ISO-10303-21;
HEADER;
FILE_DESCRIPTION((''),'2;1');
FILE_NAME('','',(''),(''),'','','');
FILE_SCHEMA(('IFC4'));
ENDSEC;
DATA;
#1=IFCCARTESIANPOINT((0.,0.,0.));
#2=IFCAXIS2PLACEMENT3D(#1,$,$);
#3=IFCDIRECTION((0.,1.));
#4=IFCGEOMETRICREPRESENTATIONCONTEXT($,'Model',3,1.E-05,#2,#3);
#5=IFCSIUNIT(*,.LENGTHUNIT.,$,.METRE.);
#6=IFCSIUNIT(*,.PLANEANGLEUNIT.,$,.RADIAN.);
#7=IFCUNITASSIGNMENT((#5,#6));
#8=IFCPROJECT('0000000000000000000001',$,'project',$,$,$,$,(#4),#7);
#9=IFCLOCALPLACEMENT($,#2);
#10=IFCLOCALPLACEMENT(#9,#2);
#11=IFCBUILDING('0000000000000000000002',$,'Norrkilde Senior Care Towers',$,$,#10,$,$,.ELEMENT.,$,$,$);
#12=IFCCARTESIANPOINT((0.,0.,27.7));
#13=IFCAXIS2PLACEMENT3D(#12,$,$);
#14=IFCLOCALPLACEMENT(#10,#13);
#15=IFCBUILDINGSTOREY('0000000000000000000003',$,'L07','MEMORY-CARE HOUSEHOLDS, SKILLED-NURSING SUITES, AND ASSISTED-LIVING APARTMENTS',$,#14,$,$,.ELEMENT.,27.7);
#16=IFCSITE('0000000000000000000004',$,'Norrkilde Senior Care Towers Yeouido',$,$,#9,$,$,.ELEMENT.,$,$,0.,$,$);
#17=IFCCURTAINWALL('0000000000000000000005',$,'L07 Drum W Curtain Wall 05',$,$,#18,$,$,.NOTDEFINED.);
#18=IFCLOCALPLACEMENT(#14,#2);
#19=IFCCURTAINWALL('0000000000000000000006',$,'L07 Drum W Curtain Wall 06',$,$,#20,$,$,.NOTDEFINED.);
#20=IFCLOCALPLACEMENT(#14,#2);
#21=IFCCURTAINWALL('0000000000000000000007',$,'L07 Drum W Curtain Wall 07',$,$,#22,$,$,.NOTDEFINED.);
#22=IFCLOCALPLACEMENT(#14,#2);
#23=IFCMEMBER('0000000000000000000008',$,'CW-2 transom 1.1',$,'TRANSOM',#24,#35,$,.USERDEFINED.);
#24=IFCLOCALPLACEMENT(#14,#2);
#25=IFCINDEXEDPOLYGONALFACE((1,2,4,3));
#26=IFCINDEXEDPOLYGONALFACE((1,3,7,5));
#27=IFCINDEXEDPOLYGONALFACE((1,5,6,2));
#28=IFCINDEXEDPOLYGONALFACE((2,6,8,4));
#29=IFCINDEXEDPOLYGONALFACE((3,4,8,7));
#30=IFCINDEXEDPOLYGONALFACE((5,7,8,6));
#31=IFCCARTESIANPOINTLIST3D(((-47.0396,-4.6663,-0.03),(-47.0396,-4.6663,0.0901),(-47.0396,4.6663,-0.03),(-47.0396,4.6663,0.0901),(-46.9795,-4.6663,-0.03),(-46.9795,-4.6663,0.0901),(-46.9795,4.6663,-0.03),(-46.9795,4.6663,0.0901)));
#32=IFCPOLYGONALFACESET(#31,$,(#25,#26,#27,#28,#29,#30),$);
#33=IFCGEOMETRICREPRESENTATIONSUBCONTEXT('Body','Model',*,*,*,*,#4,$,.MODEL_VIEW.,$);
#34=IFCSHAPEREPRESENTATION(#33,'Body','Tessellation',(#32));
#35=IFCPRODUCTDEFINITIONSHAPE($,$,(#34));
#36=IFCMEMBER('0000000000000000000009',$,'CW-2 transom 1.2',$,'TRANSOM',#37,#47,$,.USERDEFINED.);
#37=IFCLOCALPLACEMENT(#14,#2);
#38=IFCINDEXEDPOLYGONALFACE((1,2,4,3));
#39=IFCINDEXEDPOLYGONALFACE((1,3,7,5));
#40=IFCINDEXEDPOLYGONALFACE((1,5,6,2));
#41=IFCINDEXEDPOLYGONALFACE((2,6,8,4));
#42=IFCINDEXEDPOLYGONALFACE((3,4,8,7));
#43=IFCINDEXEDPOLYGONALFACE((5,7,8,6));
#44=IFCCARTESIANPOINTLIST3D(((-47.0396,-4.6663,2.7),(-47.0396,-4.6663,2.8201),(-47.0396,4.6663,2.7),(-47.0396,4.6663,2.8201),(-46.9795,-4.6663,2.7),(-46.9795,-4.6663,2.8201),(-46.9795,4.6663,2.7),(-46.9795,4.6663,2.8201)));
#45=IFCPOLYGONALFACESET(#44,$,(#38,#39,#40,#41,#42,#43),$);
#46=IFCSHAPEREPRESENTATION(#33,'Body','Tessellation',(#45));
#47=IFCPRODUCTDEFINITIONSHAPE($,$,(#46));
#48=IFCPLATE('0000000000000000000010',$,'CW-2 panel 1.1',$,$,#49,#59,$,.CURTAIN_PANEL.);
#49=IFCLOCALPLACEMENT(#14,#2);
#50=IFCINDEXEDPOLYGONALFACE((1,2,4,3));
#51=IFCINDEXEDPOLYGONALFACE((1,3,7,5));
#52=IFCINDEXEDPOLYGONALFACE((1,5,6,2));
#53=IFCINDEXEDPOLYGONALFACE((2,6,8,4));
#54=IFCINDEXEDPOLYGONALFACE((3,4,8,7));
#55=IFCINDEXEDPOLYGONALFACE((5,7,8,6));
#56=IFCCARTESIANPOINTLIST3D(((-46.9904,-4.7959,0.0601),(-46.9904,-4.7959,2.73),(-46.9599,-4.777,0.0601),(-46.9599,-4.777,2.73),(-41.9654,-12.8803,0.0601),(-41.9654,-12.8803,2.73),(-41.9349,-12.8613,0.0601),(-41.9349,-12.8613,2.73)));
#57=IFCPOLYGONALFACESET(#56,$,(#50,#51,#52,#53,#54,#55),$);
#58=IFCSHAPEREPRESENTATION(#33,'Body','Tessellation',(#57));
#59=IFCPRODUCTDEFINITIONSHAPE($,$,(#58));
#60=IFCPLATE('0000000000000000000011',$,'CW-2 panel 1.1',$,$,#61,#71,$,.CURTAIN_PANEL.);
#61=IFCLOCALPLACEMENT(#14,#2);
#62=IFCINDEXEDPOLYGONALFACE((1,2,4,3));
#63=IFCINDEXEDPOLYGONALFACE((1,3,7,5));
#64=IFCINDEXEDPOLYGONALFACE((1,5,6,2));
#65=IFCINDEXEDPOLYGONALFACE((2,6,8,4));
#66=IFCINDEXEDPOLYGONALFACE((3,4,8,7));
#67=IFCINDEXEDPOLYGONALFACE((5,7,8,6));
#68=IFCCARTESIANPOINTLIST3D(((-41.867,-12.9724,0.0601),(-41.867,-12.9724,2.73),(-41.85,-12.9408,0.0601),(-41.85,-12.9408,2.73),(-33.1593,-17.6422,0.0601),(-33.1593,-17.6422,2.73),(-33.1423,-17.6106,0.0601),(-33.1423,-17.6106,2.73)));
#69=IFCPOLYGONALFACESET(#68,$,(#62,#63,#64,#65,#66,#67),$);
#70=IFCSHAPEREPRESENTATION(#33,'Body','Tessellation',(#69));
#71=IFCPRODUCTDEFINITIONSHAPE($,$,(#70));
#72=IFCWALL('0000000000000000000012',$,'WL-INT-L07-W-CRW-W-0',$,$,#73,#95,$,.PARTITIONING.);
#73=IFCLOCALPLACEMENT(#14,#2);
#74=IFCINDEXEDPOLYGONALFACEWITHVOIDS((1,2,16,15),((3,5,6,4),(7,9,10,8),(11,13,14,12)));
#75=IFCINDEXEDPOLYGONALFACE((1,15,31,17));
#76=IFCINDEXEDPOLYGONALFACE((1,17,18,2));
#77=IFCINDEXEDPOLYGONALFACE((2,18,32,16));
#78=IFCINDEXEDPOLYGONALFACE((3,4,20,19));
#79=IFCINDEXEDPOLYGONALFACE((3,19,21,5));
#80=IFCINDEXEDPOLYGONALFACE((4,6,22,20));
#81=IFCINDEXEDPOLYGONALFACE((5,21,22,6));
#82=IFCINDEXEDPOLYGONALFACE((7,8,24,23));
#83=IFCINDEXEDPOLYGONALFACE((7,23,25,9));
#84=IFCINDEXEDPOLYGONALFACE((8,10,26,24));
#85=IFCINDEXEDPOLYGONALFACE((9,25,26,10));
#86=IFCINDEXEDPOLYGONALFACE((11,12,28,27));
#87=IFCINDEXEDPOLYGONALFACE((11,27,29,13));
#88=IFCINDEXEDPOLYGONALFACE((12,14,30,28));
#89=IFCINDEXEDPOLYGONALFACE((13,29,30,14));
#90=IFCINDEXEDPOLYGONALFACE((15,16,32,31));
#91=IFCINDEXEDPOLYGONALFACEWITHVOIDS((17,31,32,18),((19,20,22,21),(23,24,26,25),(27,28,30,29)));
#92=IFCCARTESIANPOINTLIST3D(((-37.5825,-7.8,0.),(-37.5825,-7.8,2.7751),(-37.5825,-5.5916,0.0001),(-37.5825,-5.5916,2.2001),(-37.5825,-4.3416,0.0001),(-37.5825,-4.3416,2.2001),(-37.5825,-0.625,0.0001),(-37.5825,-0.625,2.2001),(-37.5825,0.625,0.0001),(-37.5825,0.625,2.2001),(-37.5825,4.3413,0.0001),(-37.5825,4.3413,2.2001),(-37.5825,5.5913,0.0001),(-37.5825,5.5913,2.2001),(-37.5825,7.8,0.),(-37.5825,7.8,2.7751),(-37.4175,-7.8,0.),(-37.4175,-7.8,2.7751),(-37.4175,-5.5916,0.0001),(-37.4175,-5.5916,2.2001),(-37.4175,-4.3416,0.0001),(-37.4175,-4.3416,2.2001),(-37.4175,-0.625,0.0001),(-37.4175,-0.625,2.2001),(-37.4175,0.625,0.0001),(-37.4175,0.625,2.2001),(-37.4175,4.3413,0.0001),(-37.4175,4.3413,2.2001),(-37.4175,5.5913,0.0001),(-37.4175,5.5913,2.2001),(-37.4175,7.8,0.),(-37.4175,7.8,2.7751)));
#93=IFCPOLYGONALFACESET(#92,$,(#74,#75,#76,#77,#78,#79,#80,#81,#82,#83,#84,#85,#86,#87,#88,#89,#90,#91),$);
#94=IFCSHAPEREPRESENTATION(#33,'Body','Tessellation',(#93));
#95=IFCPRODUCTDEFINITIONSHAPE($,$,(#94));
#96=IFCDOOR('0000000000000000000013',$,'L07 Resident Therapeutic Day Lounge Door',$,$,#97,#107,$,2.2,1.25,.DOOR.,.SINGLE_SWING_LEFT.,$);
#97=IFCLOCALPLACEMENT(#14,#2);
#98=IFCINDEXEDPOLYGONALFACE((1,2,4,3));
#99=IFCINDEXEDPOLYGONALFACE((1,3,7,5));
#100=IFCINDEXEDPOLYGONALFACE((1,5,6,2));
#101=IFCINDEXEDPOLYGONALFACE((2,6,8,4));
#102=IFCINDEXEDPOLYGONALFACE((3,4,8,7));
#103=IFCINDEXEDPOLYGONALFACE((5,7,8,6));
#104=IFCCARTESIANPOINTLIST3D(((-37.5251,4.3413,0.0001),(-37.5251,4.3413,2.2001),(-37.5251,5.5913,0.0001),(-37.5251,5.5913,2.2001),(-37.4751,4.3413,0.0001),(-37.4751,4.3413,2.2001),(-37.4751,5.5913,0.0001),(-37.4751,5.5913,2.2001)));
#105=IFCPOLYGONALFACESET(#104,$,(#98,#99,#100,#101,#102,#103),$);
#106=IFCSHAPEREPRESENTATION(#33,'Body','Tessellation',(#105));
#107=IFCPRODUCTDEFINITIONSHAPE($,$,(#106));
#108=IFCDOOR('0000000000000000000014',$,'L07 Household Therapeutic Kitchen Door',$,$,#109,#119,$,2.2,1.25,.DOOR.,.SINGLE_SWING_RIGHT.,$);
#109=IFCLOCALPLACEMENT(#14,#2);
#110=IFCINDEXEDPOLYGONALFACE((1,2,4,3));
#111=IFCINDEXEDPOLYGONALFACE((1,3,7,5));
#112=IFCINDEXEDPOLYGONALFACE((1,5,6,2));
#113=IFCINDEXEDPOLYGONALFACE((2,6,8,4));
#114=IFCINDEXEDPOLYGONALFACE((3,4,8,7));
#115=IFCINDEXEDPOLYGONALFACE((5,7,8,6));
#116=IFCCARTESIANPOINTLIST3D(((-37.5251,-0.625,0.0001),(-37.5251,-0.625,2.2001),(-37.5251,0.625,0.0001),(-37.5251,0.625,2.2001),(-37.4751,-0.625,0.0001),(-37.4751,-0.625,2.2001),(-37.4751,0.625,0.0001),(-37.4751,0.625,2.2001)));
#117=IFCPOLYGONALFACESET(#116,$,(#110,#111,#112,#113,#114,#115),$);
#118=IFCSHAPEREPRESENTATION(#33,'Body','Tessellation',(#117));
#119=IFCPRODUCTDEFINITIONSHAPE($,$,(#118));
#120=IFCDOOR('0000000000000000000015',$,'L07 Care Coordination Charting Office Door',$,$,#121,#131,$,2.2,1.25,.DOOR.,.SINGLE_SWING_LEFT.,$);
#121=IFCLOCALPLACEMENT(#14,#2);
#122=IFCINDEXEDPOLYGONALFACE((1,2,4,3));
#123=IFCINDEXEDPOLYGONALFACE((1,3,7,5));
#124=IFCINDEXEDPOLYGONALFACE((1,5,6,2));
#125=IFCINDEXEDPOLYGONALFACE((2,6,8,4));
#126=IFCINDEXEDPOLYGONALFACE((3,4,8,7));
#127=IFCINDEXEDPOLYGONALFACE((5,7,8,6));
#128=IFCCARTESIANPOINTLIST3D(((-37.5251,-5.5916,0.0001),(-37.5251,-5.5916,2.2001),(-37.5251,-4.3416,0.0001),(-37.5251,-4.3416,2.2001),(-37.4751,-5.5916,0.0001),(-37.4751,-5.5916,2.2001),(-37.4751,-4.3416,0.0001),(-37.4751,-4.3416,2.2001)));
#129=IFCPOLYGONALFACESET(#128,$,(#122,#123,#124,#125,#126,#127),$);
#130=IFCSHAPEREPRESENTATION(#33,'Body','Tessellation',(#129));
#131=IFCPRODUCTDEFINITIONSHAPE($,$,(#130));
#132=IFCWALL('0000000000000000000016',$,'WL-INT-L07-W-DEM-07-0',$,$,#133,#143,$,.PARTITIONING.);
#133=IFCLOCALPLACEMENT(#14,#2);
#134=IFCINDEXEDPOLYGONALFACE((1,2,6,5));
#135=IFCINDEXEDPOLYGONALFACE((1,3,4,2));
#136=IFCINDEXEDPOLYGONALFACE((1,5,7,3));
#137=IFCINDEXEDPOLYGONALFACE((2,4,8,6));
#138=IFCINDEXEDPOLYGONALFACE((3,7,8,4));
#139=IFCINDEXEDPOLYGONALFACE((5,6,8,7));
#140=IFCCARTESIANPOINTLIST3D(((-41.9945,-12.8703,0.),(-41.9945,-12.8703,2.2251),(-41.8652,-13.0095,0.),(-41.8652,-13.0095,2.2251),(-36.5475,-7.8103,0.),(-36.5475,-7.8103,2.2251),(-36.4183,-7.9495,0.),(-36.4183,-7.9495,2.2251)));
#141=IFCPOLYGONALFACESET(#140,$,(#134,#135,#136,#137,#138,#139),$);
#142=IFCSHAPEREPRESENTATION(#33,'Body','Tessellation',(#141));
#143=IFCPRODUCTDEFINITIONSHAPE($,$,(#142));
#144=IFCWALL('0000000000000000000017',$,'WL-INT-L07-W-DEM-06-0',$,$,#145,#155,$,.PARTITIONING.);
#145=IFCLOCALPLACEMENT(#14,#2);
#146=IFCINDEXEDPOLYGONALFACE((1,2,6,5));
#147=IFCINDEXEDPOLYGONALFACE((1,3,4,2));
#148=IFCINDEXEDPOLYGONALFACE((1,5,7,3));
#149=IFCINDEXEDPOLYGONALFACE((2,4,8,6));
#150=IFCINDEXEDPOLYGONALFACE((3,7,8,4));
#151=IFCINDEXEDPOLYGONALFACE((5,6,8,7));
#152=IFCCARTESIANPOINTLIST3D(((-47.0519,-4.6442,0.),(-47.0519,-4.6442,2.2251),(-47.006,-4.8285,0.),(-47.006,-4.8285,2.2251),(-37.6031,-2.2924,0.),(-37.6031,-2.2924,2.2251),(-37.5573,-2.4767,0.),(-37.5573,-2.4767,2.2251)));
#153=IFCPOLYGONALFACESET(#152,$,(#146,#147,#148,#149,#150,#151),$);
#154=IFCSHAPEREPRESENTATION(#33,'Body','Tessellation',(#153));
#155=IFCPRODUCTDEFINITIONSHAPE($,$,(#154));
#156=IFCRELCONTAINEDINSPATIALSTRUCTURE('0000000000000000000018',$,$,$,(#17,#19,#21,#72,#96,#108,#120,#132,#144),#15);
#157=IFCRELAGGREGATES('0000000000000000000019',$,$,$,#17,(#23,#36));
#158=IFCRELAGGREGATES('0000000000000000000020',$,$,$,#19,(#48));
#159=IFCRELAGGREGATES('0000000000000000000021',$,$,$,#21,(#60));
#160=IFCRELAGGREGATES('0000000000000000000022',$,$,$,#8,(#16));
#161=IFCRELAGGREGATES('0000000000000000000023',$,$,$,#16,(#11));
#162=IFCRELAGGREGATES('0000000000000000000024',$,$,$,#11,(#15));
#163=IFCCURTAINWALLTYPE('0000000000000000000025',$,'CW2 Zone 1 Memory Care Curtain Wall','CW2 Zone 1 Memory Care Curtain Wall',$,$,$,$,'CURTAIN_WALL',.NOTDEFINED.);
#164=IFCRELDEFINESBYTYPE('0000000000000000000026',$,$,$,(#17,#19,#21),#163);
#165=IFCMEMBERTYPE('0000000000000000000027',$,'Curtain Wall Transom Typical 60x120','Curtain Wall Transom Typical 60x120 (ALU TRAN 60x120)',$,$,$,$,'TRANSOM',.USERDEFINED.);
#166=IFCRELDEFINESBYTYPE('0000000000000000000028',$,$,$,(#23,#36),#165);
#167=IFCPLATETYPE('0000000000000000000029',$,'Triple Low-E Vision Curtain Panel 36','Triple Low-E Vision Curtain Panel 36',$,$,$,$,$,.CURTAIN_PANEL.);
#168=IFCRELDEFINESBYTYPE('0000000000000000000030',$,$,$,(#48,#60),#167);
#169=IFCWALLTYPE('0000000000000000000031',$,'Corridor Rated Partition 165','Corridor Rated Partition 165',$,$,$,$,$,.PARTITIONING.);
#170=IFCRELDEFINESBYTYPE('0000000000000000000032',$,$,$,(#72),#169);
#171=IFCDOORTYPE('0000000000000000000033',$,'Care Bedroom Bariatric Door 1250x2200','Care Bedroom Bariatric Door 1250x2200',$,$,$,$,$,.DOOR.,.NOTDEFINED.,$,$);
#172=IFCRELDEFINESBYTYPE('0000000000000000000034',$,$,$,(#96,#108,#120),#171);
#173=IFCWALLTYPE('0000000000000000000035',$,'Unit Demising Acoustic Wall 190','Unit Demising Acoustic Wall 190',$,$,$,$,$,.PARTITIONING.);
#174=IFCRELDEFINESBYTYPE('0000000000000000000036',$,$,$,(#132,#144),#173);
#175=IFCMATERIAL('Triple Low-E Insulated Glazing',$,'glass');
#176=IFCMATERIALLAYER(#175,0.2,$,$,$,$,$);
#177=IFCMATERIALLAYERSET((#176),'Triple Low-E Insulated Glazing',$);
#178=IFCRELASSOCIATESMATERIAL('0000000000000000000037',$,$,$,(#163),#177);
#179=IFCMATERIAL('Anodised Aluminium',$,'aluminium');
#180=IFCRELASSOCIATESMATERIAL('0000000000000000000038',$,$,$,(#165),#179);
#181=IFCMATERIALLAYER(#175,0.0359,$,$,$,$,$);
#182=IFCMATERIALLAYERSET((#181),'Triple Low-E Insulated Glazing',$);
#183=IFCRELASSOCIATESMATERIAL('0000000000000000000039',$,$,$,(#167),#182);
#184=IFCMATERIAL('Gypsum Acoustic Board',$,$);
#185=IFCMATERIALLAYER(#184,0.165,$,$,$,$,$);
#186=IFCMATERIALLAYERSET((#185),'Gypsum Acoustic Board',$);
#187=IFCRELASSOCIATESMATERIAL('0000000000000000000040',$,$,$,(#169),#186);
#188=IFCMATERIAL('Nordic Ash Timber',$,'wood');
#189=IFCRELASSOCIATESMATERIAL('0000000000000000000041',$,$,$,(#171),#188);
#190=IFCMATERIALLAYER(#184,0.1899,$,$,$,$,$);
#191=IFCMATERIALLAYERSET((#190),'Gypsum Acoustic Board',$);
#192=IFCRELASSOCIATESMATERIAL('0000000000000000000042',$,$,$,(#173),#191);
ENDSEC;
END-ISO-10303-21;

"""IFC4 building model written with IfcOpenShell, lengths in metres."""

from ifc_helpers import new_model, si_unit, direction, frame, frame_2d, origin, origin_2d, place, context, subcontext, project, spatial, rectangle, extrude, source, transform, mapped, material, layer, layer_set, material_profile, profile_set, type_object, type_shapes, element, fill, aggregate, save


model = new_model("IFC4")

# Units and contexts
model_context = context("Model", 3, precision=1e-05, world=origin(), true_north=direction((0.0, 1.0)))
body_context = subcontext(model_context, "Body", "Model", "MODEL_VIEW")
ifc_project = project(units=[si_unit("LENGTHUNIT", "METRE"), si_unit("PLANEANGLEUNIT", "RADIAN")], contexts=[model_context])

# Site, building, storey
site_placement = place(None, origin())
site = spatial("IfcSite", under=ifc_project, at=site_placement, Name="Norrkilde Senior Care Towers Yeouido", CompositionType="ELEMENT", RefElevation=0.0)
building_placement = place(site_placement, origin())
building = spatial("IfcBuilding", under=site, at=building_placement, Name="Norrkilde Senior Care Towers", CompositionType="ELEMENT")
storey_placement = place(building_placement, frame((0.0, 0.0, 27.7)))
storey = spatial("IfcBuildingStorey", under=building, at=storey_placement, Name="L07", Description="MEMORY-CARE HOUSEHOLDS, SKILLED-NURSING SUITES, AND ASSISTED-LIVING APARTMENTS", CompositionType="ELEMENT", Elevation=27.7)

# Curtain wall
ifc_material_1 = material(Name="Triple Low-E Insulated Glazing", Category="glass")
ifc_layer_1 = layer(ifc_material_1, 0.2)
ifc_layer_set_1 = layer_set([ifc_layer_1], Name="Triple Low-E Insulated Glazing")
curtain_wall_type = type_object("IfcCurtainWallType", Name="CW2 Zone 1 Memory Care Curtain Wall", Description="CW2 Zone 1 Memory Care Curtain Wall", ElementType="CURTAIN_WALL", PredefinedType="NOTDEFINED", material=ifc_layer_set_1)
curtain_wall_1_placement = place(storey_placement, origin())
curtain_wall_1 = element("IfcCurtainWall", 1, at=curtain_wall_1_placement, inside=storey, type_object=curtain_wall_type, Name="L07 Drum W Curtain Wall 05", PredefinedType="NOTDEFINED")
ifc_material_2 = material(Name="Anodised Aluminium", Category="aluminium")

# Curtain wall
curtain_wall_2_placement = place(storey_placement, origin())
curtain_wall_2 = element("IfcCurtainWall", 2, at=curtain_wall_2_placement, inside=storey, type_object=curtain_wall_type, Name="L07 Drum W Curtain Wall 06", PredefinedType="NOTDEFINED")

# Curtain wall
curtain_wall_3_placement = place(storey_placement, origin())
curtain_wall_3 = element("IfcCurtainWall", 3, at=curtain_wall_3_placement, inside=storey, type_object=curtain_wall_type, Name="L07 Drum W Curtain Wall 07", PredefinedType="NOTDEFINED")

# Members
ifc_material_profile_1 = material_profile(ifc_material_2, rectangle(XDim=0.0601, YDim=0.1201, at=origin_2d()), Name="ALU TRAN 60x120")
ifc_profile_set_1 = profile_set([ifc_material_profile_1], Name="Anodised Aluminium")
member_type_1 = type_object("IfcMemberType", Name="Curtain Wall Transom Typical 60x120", Description="Curtain Wall Transom Typical 60x120 (ALU TRAN 60x120)", ElementType="TRANSOM", PredefinedType="USERDEFINED", material=ifc_profile_set_1)
shared_shape_1 = source(origin(), body_context, "Body", "SweptSolid", [
    extrude(rectangle(XDim=0.0601, YDim=0.1201, at=origin_2d()), origin(), (0.0, 0.0, 1.0), 9.3325),
])
member_1_placement = place(storey_placement, frame((-47.0095, -4.6663, 0.03), z_axis=(0.0, 1.0, 0.0), x_axis=(-1.0, 0.0, 0.0)))
member_1 = element("IfcMember", 4, at=member_1_placement, type_object=member_type_1, Name="CW-2 transom 1.1", ObjectType="TRANSOM", PredefinedType="USERDEFINED", context=body_context, shape_type="MappedRepresentation", body=[
    mapped(shared_shape_1, transform((0.0, 0.0, 0.0), x_axis=(1.0, 0.0, 0.0), y_axis=(0.0, 1.0, 0.0), z_axis=(0.0, 0.0, 1.0), scale=1.0)),
])
member_2_placement = place(storey_placement, frame((-47.0095, -4.6663, 2.76), z_axis=(0.0, 1.0, 0.0), x_axis=(-1.0, 0.0, 0.0)))
member_2 = element("IfcMember", 5, at=member_2_placement, type_object=member_type_1, Name="CW-2 transom 1.2", ObjectType="TRANSOM", PredefinedType="USERDEFINED", context=body_context, shape_type="MappedRepresentation", body=[
    mapped(shared_shape_1, transform((0.0, 0.0, 0.0), x_axis=(1.0, 0.0, 0.0), y_axis=(0.0, 1.0, 0.0), z_axis=(0.0, 0.0, 1.0), scale=1.0)),
])
aggregate(curtain_wall_1, [member_1, member_2])

# Plates
ifc_layer_2 = layer(ifc_material_1, 0.0359)
ifc_layer_set_2 = layer_set([ifc_layer_2], Name="Triple Low-E Insulated Glazing")
plate_type = type_object("IfcPlateType", Name="Triple Low-E Vision Curtain Panel 36", Description="Triple Low-E Vision Curtain Panel 36", PredefinedType="CURTAIN_PANEL", material=ifc_layer_set_2)
shared_shape_2 = source(origin(), body_context, "Body", "SweptSolid", [
    extrude(rectangle(XDim=9.5188, YDim=0.0359, at=origin_2d()), origin(), (0.0, 0.0, 1.0), 2.6699),
])
plate_1_placement = place(storey_placement, frame((-44.4626, -8.8286, 0.0601), z_axis=(0.0, 0.0, 1.0), x_axis=(-0.527901, 0.849306, 0.0)))
plate_1 = element("IfcPlate", 6, at=plate_1_placement, type_object=plate_type, Name="CW-2 panel 1.1", PredefinedType="CURTAIN_PANEL", context=body_context, shape_type="MappedRepresentation", body=[
    mapped(shared_shape_2, transform((0.0, 0.0, 0.0), x_axis=(1.0, 0.0, 0.0), y_axis=(0.0, 1.0, 0.0), z_axis=(0.0, 0.0, 1.0), scale=1.0)),
])
aggregate(curtain_wall_2, [plate_1])
shared_shape_3 = source(origin(), body_context, "Body", "SweptSolid", [
    extrude(rectangle(XDim=9.8809, YDim=0.0359, at=origin_2d()), origin(), (0.0, 0.0, 1.0), 2.6699),
])
type_shapes(plate_type, [shared_shape_2, shared_shape_3])
plate_2_placement = place(storey_placement, frame((-37.5046, -15.2915, 0.0601), z_axis=(0.0, 0.0, 1.0), x_axis=(-0.881273, 0.472608, 0.0)))
plate_2 = element("IfcPlate", 7, at=plate_2_placement, type_object=plate_type, Name="CW-2 panel 1.1", PredefinedType="CURTAIN_PANEL", context=body_context, shape_type="MappedRepresentation", body=[
    mapped(shared_shape_3, transform((0.0, 0.0, 0.0), x_axis=(1.0, 0.0, 0.0), y_axis=(0.0, 1.0, 0.0), z_axis=(0.0, 0.0, 1.0), scale=1.0)),
])
aggregate(curtain_wall_3, [plate_2])

# Wall, openings, doors
ifc_material_3 = material(Name="Gypsum Acoustic Board")
ifc_layer_3 = layer(ifc_material_3, 0.165)
ifc_layer_set_3 = layer_set([ifc_layer_3], Name="Gypsum Acoustic Board")
wall_type_1 = type_object("IfcWallType", Name="Corridor Rated Partition 165", Description="Corridor Rated Partition 165", PredefinedType="PARTITIONING", material=ifc_layer_set_3)
shared_shape_4 = source(origin(), body_context, "Body", "SweptSolid", [
    extrude(rectangle(XDim=15.6001, YDim=0.165, at=frame_2d((7.8, 0.0))), origin(), (0.0, 0.0, 1.0), 2.7751),
])
type_shapes(wall_type_1, [shared_shape_4])
wall_1_placement = place(storey_placement, frame((-37.5, -7.8, 0.0), z_axis=(0.0, 0.0, 1.0), x_axis=(0.0, 1.0, 0.0)))
wall_1 = element("IfcWall", 8, at=wall_1_placement, inside=storey, type_object=wall_type_1, Name="WL-INT-L07-W-CRW-W-0", PredefinedType="PARTITIONING", context=body_context, shape_type="MappedRepresentation", body=[
    mapped(shared_shape_4, transform((0.0, 0.0, 0.0), x_axis=(1.0, 0.0, 0.0), y_axis=(0.0, 1.0, 0.0), z_axis=(0.0, 0.0, 1.0), scale=1.0)),
])
opening_1_placement = place(wall_1_placement, frame((12.1414, 0.0, 0.0)))
opening_1 = element("IfcOpeningElement", 9, at=opening_1_placement, cuts=wall_1, PredefinedType="OPENING", context=body_context, shape_type="SweptSolid", body=[
    extrude(rectangle(XDim=1.25, YDim=2.2, at=frame_2d((0.625, 1.1001))), frame((0.0, 0.0925, 0.0), z_axis=(0.0, -1.0, 0.0), x_axis=(1.0, 0.0, 0.0)), (0.0, 0.0, 1.0), 0.1851),
])
opening_2_placement = place(wall_1_placement, frame((7.175, 0.0, 0.0)))
opening_2 = element("IfcOpeningElement", 10, at=opening_2_placement, cuts=wall_1, PredefinedType="OPENING", context=body_context, shape_type="SweptSolid", body=[
    extrude(rectangle(XDim=1.25, YDim=2.2, at=frame_2d((0.625, 1.1001))), frame((0.0, 0.0925, 0.0), z_axis=(0.0, -1.0, 0.0), x_axis=(1.0, 0.0, 0.0)), (0.0, 0.0, 1.0), 0.1851),
])
opening_3_placement = place(wall_1_placement, frame((2.2085, 0.0, 0.0)))
opening_3 = element("IfcOpeningElement", 11, at=opening_3_placement, cuts=wall_1, PredefinedType="OPENING", context=body_context, shape_type="SweptSolid", body=[
    extrude(rectangle(XDim=1.25, YDim=2.2, at=frame_2d((0.625, 1.1001))), frame((0.0, 0.0925, 0.0), z_axis=(0.0, -1.0, 0.0), x_axis=(1.0, 0.0, 0.0)), (0.0, 0.0, 1.0), 0.1851),
])
ifc_material_4 = material(Name="Nordic Ash Timber", Category="wood")
door_type = type_object("IfcDoorType", Name="Care Bedroom Bariatric Door 1250x2200", Description="Care Bedroom Bariatric Door 1250x2200", OperationType="NOTDEFINED", PredefinedType="DOOR", material=ifc_material_4)
shared_shape_5 = source(origin(), body_context, "Body", "SweptSolid", [
    extrude(rectangle(XDim=1.25, YDim=2.2, at=frame_2d((0.625, 1.1001))), frame((0.0, 0.0249, 0.0), z_axis=(0.0, -1.0, 0.0), x_axis=(1.0, 0.0, 0.0)), (0.0, 0.0, 1.0), 0.05),
])
type_shapes(door_type, [shared_shape_5])
door_1_placement = place(opening_1_placement, frame((1.25, 0.0, 0.0), z_axis=(0.0, 0.0, 1.0), x_axis=(-1.0, 0.0, 0.0)))
door_1 = element("IfcDoor", 12, at=door_1_placement, inside=storey, type_object=door_type, Name="L07 Resident Therapeutic Day Lounge Door", OperationType="SINGLE_SWING_LEFT", OverallHeight=2.2, OverallWidth=1.25, PredefinedType="DOOR", context=body_context, shape_type="MappedRepresentation", body=[
    mapped(shared_shape_5, transform((0.0, 0.0, 0.0), x_axis=(1.0, 0.0, 0.0), y_axis=(0.0, 1.0, 0.0), z_axis=(0.0, 0.0, 1.0), scale=1.0)),
])
fill(opening_1, door_1)
door_2_placement = place(opening_2_placement, frame((1.25, 0.0, 0.0), z_axis=(0.0, 0.0, 1.0), x_axis=(-1.0, 0.0, 0.0)))
door_2 = element("IfcDoor", 13, at=door_2_placement, inside=storey, type_object=door_type, Name="L07 Household Therapeutic Kitchen Door", OperationType="SINGLE_SWING_RIGHT", OverallHeight=2.2, OverallWidth=1.25, PredefinedType="DOOR", context=body_context, shape_type="MappedRepresentation", body=[
    mapped(shared_shape_5, transform((0.0, 0.0, 0.0), x_axis=(1.0, 0.0, 0.0), y_axis=(0.0, 1.0, 0.0), z_axis=(0.0, 0.0, 1.0), scale=1.0)),
])
fill(opening_2, door_2)
door_3_placement = place(opening_3_placement, frame((1.25, 0.0, 0.0), z_axis=(0.0, 0.0, 1.0), x_axis=(-1.0, 0.0, 0.0)))
door_3 = element("IfcDoor", 14, at=door_3_placement, inside=storey, type_object=door_type, Name="L07 Care Coordination Charting Office Door", OperationType="SINGLE_SWING_LEFT", OverallHeight=2.2, OverallWidth=1.25, PredefinedType="DOOR", context=body_context, shape_type="MappedRepresentation", body=[
    mapped(shared_shape_5, transform((0.0, 0.0, 0.0), x_axis=(1.0, 0.0, 0.0), y_axis=(0.0, 1.0, 0.0), z_axis=(0.0, 0.0, 1.0), scale=1.0)),
])
fill(opening_3, door_3)

# Walls
ifc_layer_4 = layer(ifc_material_3, 0.1899)
ifc_layer_set_4 = layer_set([ifc_layer_4], Name="Gypsum Acoustic Board")
wall_type_2 = type_object("IfcWallType", Name="Unit Demising Acoustic Wall 190", Description="Unit Demising Acoustic Wall 190", PredefinedType="PARTITIONING", material=ifc_layer_set_4)
shared_shape_6 = source(origin(), body_context, "Body", "SweptSolid", [
    extrude(rectangle(XDim=7.4346, YDim=0.1899, at=frame_2d((3.7173, 0.0))), origin(), (0.0, 0.0, 1.0), 2.2251),
])
wall_2_placement = place(storey_placement, frame((-36.4829, -7.8799, 0.0), z_axis=(0.0, 0.0, 1.0), x_axis=(-0.732652, -0.680603, 0.0)))
element("IfcWall", 15, at=wall_2_placement, inside=storey, type_object=wall_type_2, Name="WL-INT-L07-W-DEM-07-0", PredefinedType="PARTITIONING", context=body_context, shape_type="MappedRepresentation", body=[
    mapped(shared_shape_6, transform((0.0, 0.0, 0.0), x_axis=(1.0, 0.0, 0.0), y_axis=(0.0, 1.0, 0.0), z_axis=(0.0, 0.0, 1.0), scale=1.0)),
])
shared_shape_7 = source(origin(), body_context, "Body", "SweptSolid", [
    extrude(rectangle(XDim=9.7371, YDim=0.1899, at=frame_2d((4.8687, 0.0))), origin(), (0.0, 0.0, 1.0), 2.2251),
])
type_shapes(wall_type_2, [shared_shape_6, shared_shape_7])
wall_3_placement = place(storey_placement, frame((-37.5801, -2.3845, 0.0), z_axis=(0.0, 0.0, 1.0), x_axis=(-0.970393, -0.241533, 0.0)))
element("IfcWall", 16, at=wall_3_placement, inside=storey, type_object=wall_type_2, Name="WL-INT-L07-W-DEM-06-0", PredefinedType="PARTITIONING", context=body_context, shape_type="MappedRepresentation", body=[
    mapped(shared_shape_7, transform((0.0, 0.0, 0.0), x_axis=(1.0, 0.0, 0.0), y_axis=(0.0, 1.0, 0.0), z_axis=(0.0, 0.0, 1.0), scale=1.0)),
])

save(model, "model.ifc")
